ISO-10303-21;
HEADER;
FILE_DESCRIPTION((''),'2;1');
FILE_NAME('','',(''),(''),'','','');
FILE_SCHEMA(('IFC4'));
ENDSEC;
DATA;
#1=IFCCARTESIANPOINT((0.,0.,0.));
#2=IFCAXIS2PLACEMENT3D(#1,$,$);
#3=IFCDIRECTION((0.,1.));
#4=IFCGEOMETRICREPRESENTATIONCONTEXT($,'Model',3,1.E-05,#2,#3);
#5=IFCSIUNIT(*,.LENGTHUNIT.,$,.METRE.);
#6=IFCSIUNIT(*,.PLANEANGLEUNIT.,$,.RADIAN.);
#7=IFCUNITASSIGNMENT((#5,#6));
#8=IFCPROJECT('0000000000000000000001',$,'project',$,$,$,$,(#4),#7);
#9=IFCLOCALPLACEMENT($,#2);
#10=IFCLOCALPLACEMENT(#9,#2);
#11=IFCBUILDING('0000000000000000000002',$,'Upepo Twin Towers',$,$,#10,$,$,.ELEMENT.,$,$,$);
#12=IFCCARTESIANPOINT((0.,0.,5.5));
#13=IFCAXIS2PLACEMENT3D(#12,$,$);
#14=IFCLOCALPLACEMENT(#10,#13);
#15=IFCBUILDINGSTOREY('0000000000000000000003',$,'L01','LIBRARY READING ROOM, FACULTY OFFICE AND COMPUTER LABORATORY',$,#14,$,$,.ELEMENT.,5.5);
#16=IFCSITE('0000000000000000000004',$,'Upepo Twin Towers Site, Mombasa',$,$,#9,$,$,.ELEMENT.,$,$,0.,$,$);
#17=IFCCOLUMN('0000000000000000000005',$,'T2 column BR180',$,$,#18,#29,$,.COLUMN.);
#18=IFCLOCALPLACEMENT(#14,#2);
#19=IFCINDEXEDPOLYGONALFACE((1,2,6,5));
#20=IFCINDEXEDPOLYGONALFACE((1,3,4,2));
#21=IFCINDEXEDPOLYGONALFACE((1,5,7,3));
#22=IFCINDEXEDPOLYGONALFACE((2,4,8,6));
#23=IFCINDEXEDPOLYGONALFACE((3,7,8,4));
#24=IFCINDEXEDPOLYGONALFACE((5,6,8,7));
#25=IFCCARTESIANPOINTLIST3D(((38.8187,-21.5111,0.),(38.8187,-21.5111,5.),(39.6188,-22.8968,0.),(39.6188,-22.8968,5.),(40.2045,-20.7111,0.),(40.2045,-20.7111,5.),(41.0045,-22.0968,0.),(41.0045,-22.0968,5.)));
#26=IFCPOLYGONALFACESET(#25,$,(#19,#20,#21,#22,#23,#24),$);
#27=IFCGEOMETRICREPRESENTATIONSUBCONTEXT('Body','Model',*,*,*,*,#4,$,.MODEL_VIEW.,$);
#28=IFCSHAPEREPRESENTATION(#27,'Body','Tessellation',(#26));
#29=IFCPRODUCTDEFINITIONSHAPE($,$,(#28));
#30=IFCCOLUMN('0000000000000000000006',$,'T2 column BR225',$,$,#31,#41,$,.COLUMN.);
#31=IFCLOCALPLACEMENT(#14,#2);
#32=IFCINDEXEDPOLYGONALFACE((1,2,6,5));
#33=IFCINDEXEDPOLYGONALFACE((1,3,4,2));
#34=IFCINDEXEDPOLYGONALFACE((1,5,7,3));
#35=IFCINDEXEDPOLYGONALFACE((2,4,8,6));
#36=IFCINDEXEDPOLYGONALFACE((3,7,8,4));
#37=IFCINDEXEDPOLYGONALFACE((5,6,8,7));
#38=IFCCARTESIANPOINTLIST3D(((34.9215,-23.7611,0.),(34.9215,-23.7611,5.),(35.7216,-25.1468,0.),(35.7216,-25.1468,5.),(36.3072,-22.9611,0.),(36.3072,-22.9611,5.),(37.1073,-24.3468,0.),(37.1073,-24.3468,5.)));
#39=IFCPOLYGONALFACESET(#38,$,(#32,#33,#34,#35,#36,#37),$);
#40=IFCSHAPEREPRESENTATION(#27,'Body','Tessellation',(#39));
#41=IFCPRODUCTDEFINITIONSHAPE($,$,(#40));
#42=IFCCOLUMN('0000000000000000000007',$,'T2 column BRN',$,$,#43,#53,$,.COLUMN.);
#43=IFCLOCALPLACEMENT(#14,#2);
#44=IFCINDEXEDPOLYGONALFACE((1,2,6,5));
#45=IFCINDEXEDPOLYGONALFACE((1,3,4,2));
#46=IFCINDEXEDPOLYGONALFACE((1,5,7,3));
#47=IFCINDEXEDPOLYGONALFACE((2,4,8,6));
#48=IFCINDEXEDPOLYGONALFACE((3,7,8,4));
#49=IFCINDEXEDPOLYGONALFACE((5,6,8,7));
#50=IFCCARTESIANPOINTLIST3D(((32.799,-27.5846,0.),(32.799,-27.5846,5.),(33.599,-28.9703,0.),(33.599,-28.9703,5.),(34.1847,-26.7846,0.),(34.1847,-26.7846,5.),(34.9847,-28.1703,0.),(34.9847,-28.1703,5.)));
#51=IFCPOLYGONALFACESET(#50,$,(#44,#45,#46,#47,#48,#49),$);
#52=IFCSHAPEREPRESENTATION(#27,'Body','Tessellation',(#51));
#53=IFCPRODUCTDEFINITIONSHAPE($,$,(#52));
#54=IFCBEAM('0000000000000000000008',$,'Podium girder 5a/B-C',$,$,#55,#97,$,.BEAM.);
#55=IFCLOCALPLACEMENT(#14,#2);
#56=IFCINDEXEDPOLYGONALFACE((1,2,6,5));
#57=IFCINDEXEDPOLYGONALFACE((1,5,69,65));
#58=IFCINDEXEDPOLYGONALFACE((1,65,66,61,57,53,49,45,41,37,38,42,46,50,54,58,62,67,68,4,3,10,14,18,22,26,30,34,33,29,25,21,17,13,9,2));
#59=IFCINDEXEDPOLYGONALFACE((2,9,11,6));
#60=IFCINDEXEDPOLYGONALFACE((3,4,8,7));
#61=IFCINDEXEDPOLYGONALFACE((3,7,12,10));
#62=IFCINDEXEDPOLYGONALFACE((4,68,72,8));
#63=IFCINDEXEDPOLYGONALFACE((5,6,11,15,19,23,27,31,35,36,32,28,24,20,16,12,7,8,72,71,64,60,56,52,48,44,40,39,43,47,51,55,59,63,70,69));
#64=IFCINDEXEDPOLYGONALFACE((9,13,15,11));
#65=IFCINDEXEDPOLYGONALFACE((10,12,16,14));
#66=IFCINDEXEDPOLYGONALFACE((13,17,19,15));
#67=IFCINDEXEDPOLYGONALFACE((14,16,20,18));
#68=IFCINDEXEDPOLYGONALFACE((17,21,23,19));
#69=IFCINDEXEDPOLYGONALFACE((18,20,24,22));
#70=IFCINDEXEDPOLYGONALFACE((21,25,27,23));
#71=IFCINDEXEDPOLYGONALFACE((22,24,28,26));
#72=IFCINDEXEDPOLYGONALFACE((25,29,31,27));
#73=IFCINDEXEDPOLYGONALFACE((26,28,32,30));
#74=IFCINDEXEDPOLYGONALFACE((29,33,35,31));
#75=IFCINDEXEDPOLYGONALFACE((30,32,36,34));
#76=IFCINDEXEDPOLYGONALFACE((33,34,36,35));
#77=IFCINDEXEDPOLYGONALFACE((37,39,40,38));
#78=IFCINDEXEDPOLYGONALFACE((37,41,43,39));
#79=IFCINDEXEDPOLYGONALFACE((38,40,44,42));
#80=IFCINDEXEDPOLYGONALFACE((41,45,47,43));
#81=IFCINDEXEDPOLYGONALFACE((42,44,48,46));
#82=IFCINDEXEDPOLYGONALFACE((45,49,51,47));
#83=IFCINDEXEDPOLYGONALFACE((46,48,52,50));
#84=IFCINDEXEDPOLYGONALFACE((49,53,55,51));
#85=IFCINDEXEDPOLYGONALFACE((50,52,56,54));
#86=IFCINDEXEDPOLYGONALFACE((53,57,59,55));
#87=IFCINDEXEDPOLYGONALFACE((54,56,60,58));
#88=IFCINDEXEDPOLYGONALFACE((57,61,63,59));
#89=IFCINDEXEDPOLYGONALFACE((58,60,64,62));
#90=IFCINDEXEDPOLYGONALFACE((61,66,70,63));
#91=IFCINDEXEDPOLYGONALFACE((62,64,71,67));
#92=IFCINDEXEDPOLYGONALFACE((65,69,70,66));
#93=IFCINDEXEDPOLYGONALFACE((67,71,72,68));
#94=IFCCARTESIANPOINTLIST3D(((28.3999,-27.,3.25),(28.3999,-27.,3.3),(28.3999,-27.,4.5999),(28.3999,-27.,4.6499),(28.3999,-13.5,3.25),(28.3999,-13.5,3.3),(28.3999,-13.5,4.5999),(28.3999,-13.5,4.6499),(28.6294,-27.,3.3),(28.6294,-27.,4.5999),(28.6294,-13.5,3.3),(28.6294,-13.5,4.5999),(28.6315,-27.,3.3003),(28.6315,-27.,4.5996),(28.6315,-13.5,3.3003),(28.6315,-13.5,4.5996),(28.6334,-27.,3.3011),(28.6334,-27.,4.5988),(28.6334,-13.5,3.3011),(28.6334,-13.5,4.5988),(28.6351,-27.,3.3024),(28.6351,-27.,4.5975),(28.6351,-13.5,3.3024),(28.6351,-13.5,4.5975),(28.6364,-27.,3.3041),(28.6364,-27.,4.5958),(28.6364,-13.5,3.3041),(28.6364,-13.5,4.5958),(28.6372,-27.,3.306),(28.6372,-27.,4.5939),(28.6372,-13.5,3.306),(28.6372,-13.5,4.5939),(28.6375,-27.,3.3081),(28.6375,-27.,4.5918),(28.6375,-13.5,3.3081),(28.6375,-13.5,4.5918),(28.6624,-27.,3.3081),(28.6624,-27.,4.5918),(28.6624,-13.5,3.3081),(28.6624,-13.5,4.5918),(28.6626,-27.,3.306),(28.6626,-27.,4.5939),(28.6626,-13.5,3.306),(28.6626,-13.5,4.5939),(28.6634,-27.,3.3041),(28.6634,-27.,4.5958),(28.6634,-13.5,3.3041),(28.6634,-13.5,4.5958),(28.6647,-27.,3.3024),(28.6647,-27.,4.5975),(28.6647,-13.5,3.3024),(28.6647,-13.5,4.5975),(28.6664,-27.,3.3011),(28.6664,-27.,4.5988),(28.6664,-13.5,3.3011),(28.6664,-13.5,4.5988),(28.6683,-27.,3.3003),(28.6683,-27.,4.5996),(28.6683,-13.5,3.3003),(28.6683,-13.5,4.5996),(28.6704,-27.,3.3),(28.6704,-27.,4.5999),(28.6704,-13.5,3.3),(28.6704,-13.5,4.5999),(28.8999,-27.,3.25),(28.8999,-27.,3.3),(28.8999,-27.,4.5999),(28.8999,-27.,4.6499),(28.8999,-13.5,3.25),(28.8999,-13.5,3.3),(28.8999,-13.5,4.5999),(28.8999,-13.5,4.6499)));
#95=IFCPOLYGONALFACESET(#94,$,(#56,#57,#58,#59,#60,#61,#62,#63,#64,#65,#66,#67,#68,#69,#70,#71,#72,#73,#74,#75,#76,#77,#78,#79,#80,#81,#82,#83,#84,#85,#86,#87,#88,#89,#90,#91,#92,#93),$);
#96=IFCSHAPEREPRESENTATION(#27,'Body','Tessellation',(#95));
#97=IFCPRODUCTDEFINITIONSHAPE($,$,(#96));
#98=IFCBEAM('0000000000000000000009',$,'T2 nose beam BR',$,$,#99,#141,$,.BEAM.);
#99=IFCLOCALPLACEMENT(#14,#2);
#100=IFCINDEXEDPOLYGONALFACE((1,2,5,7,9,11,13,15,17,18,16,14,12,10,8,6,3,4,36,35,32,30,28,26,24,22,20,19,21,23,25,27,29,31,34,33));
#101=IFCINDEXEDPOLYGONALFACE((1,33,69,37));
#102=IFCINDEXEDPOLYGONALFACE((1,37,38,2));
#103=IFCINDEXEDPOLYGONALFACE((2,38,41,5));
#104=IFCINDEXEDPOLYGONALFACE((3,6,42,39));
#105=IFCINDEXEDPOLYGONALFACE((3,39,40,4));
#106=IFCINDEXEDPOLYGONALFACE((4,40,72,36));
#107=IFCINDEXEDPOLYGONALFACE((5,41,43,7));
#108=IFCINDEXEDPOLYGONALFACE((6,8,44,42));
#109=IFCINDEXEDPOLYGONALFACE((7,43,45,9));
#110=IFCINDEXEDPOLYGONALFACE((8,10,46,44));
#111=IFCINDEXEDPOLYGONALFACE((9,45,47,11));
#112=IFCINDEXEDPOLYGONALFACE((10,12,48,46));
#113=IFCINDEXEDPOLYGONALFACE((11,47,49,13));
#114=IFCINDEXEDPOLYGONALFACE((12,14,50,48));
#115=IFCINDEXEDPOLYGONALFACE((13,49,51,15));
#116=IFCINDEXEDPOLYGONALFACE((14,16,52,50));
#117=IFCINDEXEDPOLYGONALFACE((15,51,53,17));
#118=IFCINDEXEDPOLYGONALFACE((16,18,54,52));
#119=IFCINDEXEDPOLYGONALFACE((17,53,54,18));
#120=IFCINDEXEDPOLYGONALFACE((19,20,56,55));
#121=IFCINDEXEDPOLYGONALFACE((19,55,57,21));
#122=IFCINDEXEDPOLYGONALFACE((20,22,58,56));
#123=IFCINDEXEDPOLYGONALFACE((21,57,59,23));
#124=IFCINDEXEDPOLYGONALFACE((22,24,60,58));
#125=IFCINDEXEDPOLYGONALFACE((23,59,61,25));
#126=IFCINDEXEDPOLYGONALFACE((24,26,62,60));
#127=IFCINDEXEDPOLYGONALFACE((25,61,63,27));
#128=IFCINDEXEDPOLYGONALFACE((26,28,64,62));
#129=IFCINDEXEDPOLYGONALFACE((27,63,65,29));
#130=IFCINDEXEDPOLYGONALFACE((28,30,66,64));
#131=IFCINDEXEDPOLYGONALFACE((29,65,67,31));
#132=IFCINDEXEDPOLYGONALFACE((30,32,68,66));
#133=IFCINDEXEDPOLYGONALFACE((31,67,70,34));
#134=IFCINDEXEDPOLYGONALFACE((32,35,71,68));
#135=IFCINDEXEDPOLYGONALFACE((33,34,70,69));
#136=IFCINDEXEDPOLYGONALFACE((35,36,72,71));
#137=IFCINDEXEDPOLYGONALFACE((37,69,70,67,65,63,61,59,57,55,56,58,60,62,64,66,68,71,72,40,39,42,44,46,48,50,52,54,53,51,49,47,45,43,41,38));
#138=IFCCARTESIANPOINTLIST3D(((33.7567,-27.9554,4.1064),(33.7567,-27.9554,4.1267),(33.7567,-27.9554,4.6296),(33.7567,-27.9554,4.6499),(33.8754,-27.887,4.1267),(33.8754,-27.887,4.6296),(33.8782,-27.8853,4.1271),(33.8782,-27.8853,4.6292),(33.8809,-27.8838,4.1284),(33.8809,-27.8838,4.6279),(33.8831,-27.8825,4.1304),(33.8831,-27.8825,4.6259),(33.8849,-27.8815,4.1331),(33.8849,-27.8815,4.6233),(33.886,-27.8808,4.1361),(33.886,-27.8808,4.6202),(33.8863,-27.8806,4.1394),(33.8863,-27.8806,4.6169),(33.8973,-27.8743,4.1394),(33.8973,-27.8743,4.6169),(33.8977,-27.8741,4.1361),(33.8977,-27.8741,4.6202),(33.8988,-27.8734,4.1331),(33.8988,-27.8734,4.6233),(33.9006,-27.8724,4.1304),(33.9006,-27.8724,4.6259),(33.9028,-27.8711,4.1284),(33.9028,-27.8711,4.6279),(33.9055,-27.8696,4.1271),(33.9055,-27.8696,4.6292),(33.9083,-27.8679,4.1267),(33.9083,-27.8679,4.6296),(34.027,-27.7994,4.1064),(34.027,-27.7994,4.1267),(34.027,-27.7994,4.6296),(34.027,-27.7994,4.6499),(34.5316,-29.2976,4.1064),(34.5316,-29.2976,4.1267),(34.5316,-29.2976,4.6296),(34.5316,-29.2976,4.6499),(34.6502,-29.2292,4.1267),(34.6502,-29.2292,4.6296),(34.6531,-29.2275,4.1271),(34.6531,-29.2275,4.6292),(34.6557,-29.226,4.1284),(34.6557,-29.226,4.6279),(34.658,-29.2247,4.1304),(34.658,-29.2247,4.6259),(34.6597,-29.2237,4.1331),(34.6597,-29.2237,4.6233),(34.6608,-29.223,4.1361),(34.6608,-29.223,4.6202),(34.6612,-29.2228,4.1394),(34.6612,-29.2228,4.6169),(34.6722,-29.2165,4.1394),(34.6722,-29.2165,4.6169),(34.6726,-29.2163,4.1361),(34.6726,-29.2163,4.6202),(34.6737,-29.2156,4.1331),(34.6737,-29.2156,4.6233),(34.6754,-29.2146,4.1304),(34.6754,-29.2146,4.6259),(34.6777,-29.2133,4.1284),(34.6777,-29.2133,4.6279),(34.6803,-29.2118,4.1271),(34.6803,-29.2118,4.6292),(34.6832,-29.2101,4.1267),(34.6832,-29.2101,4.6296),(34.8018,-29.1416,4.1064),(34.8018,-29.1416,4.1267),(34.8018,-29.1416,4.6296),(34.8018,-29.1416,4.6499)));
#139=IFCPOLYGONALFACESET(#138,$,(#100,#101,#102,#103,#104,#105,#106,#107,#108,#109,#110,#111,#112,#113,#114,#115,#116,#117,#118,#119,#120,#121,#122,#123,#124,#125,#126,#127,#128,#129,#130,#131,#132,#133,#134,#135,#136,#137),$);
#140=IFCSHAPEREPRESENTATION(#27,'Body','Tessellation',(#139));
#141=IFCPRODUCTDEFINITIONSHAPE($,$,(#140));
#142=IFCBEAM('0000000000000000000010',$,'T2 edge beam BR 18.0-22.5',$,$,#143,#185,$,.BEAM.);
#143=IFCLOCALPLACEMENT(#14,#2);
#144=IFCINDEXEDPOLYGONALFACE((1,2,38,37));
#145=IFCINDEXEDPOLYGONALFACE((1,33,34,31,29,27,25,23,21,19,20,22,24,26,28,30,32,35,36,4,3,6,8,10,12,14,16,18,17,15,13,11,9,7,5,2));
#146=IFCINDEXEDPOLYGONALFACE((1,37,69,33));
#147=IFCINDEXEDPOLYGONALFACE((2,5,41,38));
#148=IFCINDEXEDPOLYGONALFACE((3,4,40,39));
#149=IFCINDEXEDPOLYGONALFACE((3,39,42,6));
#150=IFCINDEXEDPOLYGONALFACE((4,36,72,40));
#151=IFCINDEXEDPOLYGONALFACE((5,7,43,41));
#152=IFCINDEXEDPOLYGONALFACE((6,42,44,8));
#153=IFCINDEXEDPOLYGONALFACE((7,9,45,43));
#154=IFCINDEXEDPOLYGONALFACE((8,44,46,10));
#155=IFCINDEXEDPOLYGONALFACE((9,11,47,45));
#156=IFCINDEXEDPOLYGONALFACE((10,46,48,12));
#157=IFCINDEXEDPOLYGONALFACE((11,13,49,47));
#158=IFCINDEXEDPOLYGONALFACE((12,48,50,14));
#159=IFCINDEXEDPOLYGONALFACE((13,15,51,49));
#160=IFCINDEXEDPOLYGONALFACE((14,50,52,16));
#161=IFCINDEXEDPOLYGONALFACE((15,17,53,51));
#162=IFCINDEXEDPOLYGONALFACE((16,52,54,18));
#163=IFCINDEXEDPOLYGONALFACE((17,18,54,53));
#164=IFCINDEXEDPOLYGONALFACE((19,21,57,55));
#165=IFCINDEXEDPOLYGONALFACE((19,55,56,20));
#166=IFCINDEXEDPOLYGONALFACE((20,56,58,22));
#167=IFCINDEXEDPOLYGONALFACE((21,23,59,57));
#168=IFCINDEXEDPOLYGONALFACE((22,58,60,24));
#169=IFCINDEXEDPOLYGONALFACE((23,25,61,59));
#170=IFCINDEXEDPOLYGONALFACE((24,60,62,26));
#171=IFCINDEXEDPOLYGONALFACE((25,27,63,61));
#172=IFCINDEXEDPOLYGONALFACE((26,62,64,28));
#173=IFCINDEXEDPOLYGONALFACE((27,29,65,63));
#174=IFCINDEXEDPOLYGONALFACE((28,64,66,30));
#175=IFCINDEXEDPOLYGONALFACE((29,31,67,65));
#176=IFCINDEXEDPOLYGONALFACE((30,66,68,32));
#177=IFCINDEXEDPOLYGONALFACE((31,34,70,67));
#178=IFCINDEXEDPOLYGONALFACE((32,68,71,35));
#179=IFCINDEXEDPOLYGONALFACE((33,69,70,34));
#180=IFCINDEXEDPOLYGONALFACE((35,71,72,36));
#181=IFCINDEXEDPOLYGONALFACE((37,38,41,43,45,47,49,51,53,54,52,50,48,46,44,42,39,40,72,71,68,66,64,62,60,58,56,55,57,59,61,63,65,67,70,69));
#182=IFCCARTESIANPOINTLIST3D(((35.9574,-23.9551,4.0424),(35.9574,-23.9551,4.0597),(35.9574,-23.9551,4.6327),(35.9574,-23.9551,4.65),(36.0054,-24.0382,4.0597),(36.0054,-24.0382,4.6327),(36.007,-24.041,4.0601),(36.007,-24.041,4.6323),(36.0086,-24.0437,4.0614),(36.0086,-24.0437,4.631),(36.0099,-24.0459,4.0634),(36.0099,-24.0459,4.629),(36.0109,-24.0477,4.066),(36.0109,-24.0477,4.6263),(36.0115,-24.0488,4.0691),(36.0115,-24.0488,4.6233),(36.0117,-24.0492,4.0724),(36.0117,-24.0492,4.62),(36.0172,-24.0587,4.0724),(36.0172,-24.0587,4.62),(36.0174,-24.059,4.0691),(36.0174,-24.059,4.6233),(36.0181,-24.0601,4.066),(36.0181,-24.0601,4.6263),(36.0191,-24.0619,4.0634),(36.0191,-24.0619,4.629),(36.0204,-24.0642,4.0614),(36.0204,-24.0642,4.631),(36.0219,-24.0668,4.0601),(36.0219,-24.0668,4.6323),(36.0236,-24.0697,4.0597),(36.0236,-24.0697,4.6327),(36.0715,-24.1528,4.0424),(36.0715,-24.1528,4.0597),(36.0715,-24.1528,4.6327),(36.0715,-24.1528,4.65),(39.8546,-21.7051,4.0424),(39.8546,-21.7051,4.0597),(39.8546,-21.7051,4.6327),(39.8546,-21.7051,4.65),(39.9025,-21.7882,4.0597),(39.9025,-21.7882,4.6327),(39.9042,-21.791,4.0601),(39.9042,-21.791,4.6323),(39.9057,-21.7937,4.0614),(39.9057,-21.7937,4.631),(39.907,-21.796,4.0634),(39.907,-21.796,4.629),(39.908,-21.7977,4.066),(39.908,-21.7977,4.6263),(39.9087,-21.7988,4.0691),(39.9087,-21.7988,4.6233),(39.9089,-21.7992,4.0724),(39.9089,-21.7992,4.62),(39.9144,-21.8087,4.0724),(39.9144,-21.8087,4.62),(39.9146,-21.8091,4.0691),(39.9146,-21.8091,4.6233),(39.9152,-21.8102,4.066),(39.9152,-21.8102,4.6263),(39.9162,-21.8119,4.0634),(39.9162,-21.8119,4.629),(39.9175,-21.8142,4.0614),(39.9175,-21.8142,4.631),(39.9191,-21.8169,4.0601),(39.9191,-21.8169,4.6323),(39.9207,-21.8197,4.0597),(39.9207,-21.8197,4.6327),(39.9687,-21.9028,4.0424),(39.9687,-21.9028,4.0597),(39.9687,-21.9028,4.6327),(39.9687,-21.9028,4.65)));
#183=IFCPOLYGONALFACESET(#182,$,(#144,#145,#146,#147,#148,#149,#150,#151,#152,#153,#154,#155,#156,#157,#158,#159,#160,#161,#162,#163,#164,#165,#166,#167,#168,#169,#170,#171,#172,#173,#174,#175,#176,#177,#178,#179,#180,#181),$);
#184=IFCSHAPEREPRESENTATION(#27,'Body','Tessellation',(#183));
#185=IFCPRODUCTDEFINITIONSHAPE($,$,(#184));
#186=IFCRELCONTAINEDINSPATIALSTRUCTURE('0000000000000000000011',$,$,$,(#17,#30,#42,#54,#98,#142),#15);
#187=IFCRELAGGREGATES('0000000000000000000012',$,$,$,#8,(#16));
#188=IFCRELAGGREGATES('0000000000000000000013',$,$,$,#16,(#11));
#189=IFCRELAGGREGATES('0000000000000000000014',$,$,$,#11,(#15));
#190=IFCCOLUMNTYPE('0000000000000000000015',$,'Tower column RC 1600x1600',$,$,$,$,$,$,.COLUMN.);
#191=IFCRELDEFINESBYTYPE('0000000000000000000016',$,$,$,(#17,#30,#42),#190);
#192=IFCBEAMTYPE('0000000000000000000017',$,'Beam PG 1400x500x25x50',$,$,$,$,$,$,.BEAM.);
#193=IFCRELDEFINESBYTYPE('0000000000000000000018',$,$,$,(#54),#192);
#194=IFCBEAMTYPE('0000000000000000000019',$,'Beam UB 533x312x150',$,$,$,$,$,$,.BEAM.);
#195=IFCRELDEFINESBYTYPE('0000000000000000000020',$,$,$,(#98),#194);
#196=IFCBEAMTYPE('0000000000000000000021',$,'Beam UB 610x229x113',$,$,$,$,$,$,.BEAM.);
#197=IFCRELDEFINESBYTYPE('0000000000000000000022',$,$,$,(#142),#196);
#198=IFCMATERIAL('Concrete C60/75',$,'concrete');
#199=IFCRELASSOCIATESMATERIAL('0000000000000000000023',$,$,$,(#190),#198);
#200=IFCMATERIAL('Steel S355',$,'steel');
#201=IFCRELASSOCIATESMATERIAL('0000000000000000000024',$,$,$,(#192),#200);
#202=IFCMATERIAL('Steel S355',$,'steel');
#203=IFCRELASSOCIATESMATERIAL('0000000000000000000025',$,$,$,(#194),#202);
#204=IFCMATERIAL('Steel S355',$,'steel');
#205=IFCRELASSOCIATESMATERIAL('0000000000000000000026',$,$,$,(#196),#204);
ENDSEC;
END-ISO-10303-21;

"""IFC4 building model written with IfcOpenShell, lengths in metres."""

from ifc_helpers import new_model, si_unit, direction, frame, origin, origin_2d, place, context, subcontext, project, spatial, rectangle, i_section, extrude, material, material_profile, profile_set, type_object, element, save


model = new_model("IFC4")

# Units and contexts
model_context = context("Model", 3, precision=1e-05, world=origin(), true_north=direction((0.0, 1.0)))
body_context = subcontext(model_context, "Body", "Model", "MODEL_VIEW")
ifc_project = project(units=[si_unit("LENGTHUNIT", "METRE"), si_unit("PLANEANGLEUNIT", "RADIAN")], contexts=[model_context])

# Site, building, storey
site_placement = place(None, origin())
site = spatial("IfcSite", under=ifc_project, at=site_placement, Name="Upepo Twin Towers Site, Mombasa", CompositionType="ELEMENT", RefElevation=0.0)
building_placement = place(site_placement, origin())
building = spatial("IfcBuilding", under=site, at=building_placement, Name="Upepo Twin Towers", CompositionType="ELEMENT")
storey_placement = place(building_placement, frame((0.0, 0.0, 5.5)))
storey = spatial("IfcBuildingStorey", under=building, at=storey_placement, Name="L01", Description="LIBRARY READING ROOM, FACULTY OFFICE AND COMPUTER LABORATORY", CompositionType="ELEMENT", Elevation=5.5)

# Columns
ifc_material_1 = material(Name="Concrete C60/75", Category="concrete")
ifc_material_profile_1 = material_profile(ifc_material_1, rectangle(XDim=1.6001, YDim=1.6001, at=origin_2d()), Name="RC 1600x1600")
ifc_profile_set_1 = profile_set([ifc_material_profile_1], Name="Concrete C60/75")
column_type = type_object("IfcColumnType", Name="Tower column RC 1600x1600", PredefinedType="COLUMN", material=ifc_profile_set_1)
for number, where, z_axis, x_axis, name in (
    (1, (39.9116, -21.804, 0.0), (0.0, 0.0, 1.0), (0.866025, 0.5, 0.0), "T2 column BR180"),
    (2, (36.0144, -24.054, 0.0), (0.0, 0.0, 1.0), (0.866025, 0.5, 0.0), "T2 column BR225"),
    (3, (33.8918, -27.8774, 0.0), (0.0, 0.0, 1.0), (0.866025, 0.5, 0.0), "T2 column BRN"),
):
    element("IfcColumn", number, at=place(storey_placement, frame(where, z_axis=z_axis, x_axis=x_axis)), inside=storey, type_object=column_type, Name=name, PredefinedType="COLUMN", context=body_context, shape_type="SweptSolid", body=[
        extrude(rectangle(XDim=1.6001, YDim=1.6001, at=origin_2d()), origin(), (0.0, 0.0, 1.0), 5.0),
    ])

# Beams
ifc_material_2 = material(Name="Steel S355", Category="steel")
ifc_material_profile_2 = material_profile(ifc_material_2, i_section(OverallWidth=0.5, OverallDepth=1.3999, WebThickness=0.0249, FlangeThickness=0.05, FilletRadius=0.0081, at=origin_2d()), Name="PG 1400x500x25x50")
ifc_profile_set_2 = profile_set([ifc_material_profile_2], Name="Steel S355")
beam_type_1 = type_object("IfcBeamType", Name="Beam PG 1400x500x25x50", PredefinedType="BEAM", material=ifc_profile_set_2)
beam_1_placement = place(storey_placement, frame((28.6499, -27.0, 3.95), z_axis=(0.0, 1.0, 0.0), x_axis=(-1.0, 0.0, 0.0)))
element("IfcBeam", 4, at=beam_1_placement, inside=storey, type_object=beam_type_1, Name="Podium girder 5a/B-C", PredefinedType="BEAM", context=body_context, shape_type="SweptSolid", body=[
    extrude(i_section(OverallWidth=0.5, OverallDepth=1.3999, WebThickness=0.0249, FlangeThickness=0.05, FilletRadius=0.0081, at=origin_2d()), origin(), (0.0, 0.0, 1.0), 13.5),
])
ifc_material_3 = material(Name="Steel S355", Category="steel")
ifc_material_profile_3 = material_profile(ifc_material_3, i_section(OverallWidth=0.312, OverallDepth=0.5435, WebThickness=0.0127, FlangeThickness=0.0203, FilletRadius=0.0127, at=origin_2d()), Name="UB 533x312x150")
ifc_profile_set_3 = profile_set([ifc_material_profile_3], Name="Steel S355")
beam_type_2 = type_object("IfcBeamType", Name="Beam UB 533x312x150", PredefinedType="BEAM", material=ifc_profile_set_3)
beam_2_placement = place(storey_placement, frame((33.8918, -27.8774, 4.3782), z_axis=(0.499968, -0.866044, 0.0), x_axis=(0.866044, 0.499968, 0.0)))
element("IfcBeam", 5, at=beam_2_placement, inside=storey, type_object=beam_type_2, Name="T2 nose beam BR", PredefinedType="BEAM", context=body_context, shape_type="SweptSolid", body=[
    extrude(i_section(OverallWidth=0.312, OverallDepth=0.5435, WebThickness=0.0127, FlangeThickness=0.0203, FilletRadius=0.0127, at=origin_2d()), origin(), (0.0, 0.0, 1.0), 1.5498),
])
ifc_material_4 = material(Name="Steel S355", Category="steel")
ifc_material_profile_4 = material_profile(ifc_material_4, i_section(OverallWidth=0.2283, OverallDepth=0.6077, WebThickness=0.011, FlangeThickness=0.0173, FilletRadius=0.0127, at=origin_2d()), Name="UB 610x229x113")
ifc_profile_set_4 = profile_set([ifc_material_profile_4], Name="Steel S355")
beam_type_3 = type_object("IfcBeamType", Name="Beam UB 610x229x113", PredefinedType="BEAM", material=ifc_profile_set_4)
beam_3_placement = place(storey_placement, frame((39.9116, -21.804, 4.3462), z_axis=(-0.866031, -0.49999, 0.0), x_axis=(0.49999, -0.866031, 0.0)))
element("IfcBeam", 6, at=beam_3_placement, inside=storey, type_object=beam_type_3, Name="T2 edge beam BR 18.0-22.5", PredefinedType="BEAM", context=body_context, shape_type="SweptSolid", body=[
    extrude(i_section(OverallWidth=0.2283, OverallDepth=0.6077, WebThickness=0.011, FlangeThickness=0.0173, FilletRadius=0.0127, at=origin_2d()), origin(), (0.0, 0.0, 1.0), 4.5),
])

save(model, "model.ifc")
